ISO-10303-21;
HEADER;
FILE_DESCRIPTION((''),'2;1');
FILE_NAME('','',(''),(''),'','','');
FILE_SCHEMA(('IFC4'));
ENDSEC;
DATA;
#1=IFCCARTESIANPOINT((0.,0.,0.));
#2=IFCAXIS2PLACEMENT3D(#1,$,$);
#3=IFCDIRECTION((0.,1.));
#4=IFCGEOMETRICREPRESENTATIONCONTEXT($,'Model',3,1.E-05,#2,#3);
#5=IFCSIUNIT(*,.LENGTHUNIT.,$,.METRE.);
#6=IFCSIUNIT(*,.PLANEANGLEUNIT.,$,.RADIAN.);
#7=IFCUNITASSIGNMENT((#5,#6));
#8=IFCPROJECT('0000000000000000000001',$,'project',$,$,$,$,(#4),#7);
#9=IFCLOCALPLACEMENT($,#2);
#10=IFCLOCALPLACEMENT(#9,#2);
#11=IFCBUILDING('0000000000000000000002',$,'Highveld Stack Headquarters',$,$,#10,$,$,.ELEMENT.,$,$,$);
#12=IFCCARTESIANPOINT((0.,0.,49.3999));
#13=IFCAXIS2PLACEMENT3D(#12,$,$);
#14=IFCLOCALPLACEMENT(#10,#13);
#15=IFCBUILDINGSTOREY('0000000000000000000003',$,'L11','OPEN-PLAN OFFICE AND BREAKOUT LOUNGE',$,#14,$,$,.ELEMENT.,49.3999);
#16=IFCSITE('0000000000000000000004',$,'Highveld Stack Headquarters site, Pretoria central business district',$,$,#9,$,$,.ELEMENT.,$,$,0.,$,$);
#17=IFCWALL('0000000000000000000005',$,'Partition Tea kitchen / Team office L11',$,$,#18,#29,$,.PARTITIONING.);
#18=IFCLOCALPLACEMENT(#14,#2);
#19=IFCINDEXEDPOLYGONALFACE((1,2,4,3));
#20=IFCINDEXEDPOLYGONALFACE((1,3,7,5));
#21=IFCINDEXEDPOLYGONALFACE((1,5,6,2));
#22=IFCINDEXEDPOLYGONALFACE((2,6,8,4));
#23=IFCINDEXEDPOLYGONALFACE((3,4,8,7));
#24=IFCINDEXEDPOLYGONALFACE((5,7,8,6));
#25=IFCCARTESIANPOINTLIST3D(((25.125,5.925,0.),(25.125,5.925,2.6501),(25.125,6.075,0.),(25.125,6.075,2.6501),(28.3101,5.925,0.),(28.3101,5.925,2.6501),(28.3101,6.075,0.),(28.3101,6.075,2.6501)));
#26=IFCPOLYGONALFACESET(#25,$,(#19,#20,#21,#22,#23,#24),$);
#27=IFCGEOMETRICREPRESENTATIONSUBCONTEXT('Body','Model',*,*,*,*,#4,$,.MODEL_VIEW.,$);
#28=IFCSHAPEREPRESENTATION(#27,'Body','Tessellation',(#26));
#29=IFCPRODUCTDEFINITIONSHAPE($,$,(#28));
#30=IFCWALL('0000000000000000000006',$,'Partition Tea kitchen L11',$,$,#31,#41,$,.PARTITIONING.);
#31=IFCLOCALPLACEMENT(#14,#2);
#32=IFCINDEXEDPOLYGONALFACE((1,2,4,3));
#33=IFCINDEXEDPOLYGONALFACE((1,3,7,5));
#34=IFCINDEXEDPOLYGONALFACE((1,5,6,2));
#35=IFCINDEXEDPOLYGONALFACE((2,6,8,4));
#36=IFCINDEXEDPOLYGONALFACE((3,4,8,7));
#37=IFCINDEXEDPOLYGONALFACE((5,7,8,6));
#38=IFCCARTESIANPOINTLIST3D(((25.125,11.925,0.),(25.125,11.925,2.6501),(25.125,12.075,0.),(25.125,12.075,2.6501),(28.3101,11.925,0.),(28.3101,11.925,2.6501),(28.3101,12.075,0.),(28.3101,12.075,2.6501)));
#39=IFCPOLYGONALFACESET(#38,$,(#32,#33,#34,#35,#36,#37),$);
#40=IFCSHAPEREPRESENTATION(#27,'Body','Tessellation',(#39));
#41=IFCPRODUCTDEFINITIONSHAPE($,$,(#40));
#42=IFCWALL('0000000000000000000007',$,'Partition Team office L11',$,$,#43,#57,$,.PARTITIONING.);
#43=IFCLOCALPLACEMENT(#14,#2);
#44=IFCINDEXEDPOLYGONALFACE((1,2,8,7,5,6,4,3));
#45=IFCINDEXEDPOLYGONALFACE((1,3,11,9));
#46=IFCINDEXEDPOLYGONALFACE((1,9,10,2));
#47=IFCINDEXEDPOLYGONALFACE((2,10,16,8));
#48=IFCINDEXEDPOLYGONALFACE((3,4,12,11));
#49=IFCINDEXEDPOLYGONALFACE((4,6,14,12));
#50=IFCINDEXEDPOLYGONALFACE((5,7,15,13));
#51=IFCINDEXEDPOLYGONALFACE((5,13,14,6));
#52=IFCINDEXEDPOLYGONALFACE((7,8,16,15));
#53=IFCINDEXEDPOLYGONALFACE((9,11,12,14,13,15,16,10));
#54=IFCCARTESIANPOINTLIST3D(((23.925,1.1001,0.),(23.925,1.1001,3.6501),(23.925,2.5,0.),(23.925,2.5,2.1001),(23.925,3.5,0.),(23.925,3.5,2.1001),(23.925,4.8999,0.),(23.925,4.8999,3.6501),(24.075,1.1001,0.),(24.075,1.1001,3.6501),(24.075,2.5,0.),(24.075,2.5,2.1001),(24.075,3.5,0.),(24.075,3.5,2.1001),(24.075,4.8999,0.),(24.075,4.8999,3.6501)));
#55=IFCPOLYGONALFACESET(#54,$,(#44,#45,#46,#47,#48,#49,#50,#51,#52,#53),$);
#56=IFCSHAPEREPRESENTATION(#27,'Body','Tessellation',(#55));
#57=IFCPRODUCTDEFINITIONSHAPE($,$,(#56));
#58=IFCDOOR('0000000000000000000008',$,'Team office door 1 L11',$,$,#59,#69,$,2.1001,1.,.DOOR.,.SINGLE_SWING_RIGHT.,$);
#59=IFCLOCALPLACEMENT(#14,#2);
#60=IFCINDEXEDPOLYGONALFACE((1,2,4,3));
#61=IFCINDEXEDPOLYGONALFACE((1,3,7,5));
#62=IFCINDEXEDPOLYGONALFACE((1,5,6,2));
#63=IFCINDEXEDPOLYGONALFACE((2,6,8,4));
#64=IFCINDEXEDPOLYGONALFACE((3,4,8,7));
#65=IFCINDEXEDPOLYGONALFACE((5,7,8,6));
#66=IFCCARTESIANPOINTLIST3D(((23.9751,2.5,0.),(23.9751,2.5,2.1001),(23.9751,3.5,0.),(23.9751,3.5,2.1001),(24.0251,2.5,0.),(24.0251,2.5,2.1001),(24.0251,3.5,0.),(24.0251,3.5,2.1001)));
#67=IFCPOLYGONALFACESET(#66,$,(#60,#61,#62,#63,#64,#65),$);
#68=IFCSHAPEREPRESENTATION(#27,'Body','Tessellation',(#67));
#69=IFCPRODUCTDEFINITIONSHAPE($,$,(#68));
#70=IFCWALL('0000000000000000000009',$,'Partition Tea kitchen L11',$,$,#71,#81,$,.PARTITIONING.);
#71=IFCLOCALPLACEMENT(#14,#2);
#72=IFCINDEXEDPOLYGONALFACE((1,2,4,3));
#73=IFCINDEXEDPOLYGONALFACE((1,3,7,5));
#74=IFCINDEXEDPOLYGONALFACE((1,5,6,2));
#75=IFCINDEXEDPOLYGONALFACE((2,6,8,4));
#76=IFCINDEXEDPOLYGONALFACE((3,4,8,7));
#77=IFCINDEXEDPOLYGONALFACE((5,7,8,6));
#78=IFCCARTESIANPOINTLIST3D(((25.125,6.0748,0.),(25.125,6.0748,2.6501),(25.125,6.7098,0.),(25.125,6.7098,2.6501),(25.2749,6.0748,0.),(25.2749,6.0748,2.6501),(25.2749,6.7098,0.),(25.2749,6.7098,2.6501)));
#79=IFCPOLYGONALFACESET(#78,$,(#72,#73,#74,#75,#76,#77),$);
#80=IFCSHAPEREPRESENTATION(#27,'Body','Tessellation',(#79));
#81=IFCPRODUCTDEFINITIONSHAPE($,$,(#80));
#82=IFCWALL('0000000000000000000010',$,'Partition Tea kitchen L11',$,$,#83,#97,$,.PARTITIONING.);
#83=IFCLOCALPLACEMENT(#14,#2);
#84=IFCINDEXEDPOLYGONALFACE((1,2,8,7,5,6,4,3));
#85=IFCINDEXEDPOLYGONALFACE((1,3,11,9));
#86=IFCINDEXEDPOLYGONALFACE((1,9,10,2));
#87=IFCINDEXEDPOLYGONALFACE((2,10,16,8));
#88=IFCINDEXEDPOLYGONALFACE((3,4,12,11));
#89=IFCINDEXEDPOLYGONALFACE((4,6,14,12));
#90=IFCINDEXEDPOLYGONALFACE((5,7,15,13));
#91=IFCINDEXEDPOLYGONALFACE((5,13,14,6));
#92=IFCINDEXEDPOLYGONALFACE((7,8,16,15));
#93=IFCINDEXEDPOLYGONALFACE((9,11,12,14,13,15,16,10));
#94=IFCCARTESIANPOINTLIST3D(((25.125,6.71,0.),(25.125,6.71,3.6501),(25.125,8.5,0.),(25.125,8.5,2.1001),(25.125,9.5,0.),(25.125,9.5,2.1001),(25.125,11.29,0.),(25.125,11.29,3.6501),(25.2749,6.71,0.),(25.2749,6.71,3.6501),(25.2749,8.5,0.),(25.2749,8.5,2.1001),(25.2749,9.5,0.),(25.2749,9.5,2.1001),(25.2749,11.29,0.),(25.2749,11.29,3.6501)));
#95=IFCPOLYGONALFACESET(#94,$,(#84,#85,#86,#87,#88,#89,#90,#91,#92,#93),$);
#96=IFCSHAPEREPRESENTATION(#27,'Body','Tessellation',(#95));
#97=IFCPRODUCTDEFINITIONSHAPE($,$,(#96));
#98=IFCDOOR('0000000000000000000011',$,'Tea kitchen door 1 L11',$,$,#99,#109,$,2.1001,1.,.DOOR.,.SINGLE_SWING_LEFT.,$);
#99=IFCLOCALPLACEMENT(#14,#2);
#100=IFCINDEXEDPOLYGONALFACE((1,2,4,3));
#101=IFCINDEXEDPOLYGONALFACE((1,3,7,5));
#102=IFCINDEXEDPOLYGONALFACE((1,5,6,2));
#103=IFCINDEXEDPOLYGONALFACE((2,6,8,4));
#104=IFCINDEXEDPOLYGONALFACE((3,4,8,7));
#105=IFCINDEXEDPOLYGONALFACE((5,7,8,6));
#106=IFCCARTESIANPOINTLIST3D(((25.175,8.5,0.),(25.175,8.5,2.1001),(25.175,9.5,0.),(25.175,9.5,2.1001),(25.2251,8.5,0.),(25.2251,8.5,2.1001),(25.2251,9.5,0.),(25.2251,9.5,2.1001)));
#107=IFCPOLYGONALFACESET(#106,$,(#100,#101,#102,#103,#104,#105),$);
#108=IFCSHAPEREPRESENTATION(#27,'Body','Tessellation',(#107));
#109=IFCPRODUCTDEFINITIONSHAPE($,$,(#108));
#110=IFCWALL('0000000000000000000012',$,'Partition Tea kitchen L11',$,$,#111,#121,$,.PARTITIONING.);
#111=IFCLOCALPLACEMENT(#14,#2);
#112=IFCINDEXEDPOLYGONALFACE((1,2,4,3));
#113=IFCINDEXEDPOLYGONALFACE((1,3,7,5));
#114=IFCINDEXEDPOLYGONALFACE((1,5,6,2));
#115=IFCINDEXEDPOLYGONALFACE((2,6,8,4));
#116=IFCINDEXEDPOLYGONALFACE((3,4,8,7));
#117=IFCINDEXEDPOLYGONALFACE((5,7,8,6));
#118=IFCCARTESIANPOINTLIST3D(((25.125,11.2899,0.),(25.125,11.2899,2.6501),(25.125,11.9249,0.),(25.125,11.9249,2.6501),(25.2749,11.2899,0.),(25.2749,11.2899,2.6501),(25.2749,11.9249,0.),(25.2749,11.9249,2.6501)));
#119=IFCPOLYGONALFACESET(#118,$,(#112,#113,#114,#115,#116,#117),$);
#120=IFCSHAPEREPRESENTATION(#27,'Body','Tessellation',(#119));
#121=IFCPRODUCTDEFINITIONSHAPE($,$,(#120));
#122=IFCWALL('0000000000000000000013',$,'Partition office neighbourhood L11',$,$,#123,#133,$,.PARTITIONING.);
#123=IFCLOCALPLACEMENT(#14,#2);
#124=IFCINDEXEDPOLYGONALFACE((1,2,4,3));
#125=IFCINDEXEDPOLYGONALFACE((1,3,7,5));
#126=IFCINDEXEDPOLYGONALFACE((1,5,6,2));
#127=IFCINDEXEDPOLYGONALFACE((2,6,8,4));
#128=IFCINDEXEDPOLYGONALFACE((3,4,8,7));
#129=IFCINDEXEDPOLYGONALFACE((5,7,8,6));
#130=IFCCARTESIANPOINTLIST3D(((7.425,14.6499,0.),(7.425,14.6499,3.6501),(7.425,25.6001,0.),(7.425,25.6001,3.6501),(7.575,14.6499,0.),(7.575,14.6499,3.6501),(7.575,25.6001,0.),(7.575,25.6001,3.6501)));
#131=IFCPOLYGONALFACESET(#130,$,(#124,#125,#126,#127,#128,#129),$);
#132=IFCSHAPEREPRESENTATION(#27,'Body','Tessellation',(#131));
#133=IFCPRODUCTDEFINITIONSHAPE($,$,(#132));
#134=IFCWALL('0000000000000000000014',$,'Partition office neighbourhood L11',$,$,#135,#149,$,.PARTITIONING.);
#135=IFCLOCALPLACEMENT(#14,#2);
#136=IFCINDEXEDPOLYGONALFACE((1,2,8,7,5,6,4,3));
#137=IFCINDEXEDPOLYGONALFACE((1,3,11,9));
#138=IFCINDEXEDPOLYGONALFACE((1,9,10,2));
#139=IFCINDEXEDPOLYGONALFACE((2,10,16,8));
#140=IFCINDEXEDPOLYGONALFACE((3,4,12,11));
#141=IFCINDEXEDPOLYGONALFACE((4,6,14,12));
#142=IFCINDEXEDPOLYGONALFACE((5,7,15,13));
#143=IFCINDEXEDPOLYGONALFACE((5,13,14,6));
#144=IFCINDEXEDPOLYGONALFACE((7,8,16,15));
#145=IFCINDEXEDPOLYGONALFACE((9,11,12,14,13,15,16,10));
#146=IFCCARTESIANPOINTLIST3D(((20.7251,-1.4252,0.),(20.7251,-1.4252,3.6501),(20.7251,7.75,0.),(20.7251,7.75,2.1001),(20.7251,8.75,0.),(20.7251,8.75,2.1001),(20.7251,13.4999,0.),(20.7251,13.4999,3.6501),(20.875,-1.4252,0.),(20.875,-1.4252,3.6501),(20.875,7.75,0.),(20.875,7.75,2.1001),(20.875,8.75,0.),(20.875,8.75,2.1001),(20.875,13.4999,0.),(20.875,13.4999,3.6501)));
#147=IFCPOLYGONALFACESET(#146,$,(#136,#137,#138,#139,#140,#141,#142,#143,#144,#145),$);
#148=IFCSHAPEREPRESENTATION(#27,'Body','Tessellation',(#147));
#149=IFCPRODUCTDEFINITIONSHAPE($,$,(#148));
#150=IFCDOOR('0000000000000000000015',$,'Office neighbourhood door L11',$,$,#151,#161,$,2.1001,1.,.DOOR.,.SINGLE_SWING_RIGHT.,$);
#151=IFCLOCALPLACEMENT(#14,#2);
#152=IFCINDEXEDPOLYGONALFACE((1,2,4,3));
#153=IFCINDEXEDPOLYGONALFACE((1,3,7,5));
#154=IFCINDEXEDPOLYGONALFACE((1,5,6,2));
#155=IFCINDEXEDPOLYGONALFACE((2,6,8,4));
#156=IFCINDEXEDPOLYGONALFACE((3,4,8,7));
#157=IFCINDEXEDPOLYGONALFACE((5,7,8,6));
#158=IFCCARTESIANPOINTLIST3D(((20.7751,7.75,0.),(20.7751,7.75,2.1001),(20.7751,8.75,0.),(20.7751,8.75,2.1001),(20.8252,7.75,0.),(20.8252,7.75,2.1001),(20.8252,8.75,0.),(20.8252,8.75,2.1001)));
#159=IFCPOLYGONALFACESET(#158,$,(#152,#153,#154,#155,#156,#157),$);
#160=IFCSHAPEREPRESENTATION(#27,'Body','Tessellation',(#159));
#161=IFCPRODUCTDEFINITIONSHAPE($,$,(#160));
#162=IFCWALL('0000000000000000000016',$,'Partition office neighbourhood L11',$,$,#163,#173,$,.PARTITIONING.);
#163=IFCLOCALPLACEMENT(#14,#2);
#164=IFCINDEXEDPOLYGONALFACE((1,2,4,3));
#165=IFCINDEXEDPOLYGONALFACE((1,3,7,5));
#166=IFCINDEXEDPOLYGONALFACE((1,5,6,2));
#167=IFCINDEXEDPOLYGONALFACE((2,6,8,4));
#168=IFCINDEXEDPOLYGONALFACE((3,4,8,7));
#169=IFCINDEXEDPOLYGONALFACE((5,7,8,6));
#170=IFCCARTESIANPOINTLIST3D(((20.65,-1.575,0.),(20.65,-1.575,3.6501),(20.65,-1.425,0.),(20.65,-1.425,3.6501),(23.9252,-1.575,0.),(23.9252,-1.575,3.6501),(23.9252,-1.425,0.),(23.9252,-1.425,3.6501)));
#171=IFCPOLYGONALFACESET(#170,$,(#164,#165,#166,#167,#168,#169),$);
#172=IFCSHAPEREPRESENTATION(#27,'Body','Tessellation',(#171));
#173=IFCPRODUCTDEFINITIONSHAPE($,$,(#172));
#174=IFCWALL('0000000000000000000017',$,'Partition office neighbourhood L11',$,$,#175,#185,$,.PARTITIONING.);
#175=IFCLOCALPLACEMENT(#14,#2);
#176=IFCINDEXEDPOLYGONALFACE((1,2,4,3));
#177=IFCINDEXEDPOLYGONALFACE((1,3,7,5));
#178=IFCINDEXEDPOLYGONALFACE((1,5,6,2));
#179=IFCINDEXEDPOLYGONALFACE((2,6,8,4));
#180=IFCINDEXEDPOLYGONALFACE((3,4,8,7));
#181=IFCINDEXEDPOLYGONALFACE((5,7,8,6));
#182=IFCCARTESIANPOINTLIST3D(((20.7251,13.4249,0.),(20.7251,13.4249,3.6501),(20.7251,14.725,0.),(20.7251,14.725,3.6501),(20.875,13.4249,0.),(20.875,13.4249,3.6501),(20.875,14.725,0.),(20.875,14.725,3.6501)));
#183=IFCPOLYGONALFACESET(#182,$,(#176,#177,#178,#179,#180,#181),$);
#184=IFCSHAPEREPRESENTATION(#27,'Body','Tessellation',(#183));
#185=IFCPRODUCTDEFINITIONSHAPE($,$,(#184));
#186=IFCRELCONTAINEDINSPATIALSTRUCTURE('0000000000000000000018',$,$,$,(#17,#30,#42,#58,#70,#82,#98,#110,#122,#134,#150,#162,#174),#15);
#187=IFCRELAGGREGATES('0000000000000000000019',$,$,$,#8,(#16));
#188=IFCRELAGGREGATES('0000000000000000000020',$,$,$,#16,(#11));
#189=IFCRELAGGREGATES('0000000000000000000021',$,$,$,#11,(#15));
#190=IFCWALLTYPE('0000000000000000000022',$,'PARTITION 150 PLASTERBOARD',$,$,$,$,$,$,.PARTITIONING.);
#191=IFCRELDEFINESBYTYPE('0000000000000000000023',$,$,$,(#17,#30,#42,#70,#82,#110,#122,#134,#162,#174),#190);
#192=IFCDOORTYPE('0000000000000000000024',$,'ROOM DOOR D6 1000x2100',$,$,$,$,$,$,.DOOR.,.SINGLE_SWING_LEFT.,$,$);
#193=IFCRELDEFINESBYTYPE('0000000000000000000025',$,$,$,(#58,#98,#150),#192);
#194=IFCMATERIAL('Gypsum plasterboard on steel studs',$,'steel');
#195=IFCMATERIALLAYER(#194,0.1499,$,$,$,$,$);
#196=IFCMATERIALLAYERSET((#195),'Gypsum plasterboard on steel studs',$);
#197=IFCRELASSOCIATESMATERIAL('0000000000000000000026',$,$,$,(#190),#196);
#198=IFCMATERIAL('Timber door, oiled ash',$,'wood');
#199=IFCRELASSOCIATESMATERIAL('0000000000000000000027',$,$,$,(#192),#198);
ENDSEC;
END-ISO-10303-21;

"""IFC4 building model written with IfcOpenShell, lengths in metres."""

from ifc_helpers import new_model, si_unit, direction, frame, frame_2d, origin, place, context, subcontext, project, spatial, rectangle, extrude, material, layer, layer_set, type_object, element, fill, save


model = new_model("IFC4")

# Units and contexts
model_context = context("Model", 3, precision=1e-05, world=origin(), true_north=direction((0.0, 1.0)))
body_context = subcontext(model_context, "Body", "Model", "MODEL_VIEW")
ifc_project = project(units=[si_unit("LENGTHUNIT", "METRE"), si_unit("PLANEANGLEUNIT", "RADIAN")], contexts=[model_context])

# Site, building, storey
site_placement = place(None, origin())
site = spatial("IfcSite", under=ifc_project, at=site_placement, Name="Highveld Stack Headquarters site, Pretoria central business district", CompositionType="ELEMENT", RefElevation=0.0)
building_placement = place(site_placement, origin())
building = spatial("IfcBuilding", under=site, at=building_placement, Name="Highveld Stack Headquarters", CompositionType="ELEMENT")
storey_placement = place(building_placement, frame((0.0, 0.0, 49.3999)))
storey = spatial("IfcBuildingStorey", under=building, at=storey_placement, Name="L11", Description="OPEN-PLAN OFFICE AND BREAKOUT LOUNGE", CompositionType="ELEMENT", Elevation=49.3999)

# Walls
ifc_material_1 = material(Name="Gypsum plasterboard on steel studs", Category="steel")
ifc_layer_1 = layer(ifc_material_1, 0.1499)
ifc_layer_set_1 = layer_set([ifc_layer_1], Name="Gypsum plasterboard on steel studs")
wall_type_1 = type_object("IfcWallType", Name="PARTITION 150 PLASTERBOARD", PredefinedType="PARTITIONING", material=ifc_layer_set_1)
for number, where, z_axis, x_axis, name in (
    (1, (25.125, 6.0, 0.0), (0.0, 0.0, 1.0), (1.0, 0.0, 0.0), "Partition Tea kitchen / Team office L11"),
    (2, (25.125, 12.0, 0.0), (0.0, 0.0, 1.0), (1.0, 0.0, 0.0), "Partition Tea kitchen L11"),
):
    element("IfcWall", number, at=place(storey_placement, frame(where, z_axis=z_axis, x_axis=x_axis)), inside=storey, type_object=wall_type_1, Name=name, PredefinedType="PARTITIONING", context=body_context, shape_type="SweptSolid", body=[
        extrude(rectangle(XDim=3.1851, YDim=0.1499, at=frame_2d((1.5925, 0.0))), origin(), (0.0, 0.0, 1.0), 2.6501),
    ])

# Wall, opening, door
wall_1_placement = place(storey_placement, frame((24.0, 1.1001, 0.0), z_axis=(0.0, 0.0, 1.0), x_axis=(0.0, 1.0, 0.0)))
wall_1 = element("IfcWall", 3, at=wall_1_placement, inside=storey, type_object=wall_type_1, Name="Partition Team office L11", PredefinedType="PARTITIONING", context=body_context, shape_type="SweptSolid", body=[
    extrude(rectangle(XDim=3.7998, YDim=0.1499, at=frame_2d((1.8999, 0.0))), origin(), (0.0, 0.0, 1.0), 3.6501),
])
opening_1_placement = place(wall_1_placement, frame((1.3999, 0.0, 0.0)))
opening_1 = element("IfcOpeningElement", 4, at=opening_1_placement, cuts=wall_1, PredefinedType="OPENING", context=body_context, shape_type="SweptSolid", body=[
    extrude(rectangle(XDim=1.0, YDim=2.1001, at=frame_2d((0.5, 1.05))), frame((0.0, 0.085, 0.0), z_axis=(0.0, -1.0, 0.0), x_axis=(1.0, 0.0, 0.0)), (0.0, 0.0, 1.0), 0.1699),
])
ifc_material_2 = material(Name="Timber door, oiled ash", Category="wood")
door_type_1 = type_object("IfcDoorType", Name="ROOM DOOR D6 1000x2100", OperationType="SINGLE_SWING_LEFT", PredefinedType="DOOR", material=ifc_material_2)
door_1_placement = place(opening_1_placement, origin())
door_1 = element("IfcDoor", 5, at=door_1_placement, inside=storey, type_object=door_type_1, Name="Team office door 1 L11", OperationType="SINGLE_SWING_RIGHT", OverallHeight=2.1001, OverallWidth=1.0, PredefinedType="DOOR", context=body_context, shape_type="SweptSolid", body=[
    extrude(rectangle(XDim=1.0, YDim=2.1001, at=frame_2d((0.5, 1.05))), frame((0.0, 0.0249, 0.0), z_axis=(0.0, -1.0, 0.0), x_axis=(1.0, 0.0, 0.0)), (0.0, 0.0, 1.0), 0.05),
])
fill(opening_1, door_1)

# Wall
wall_2_placement = place(storey_placement, frame((25.2, 6.075, 0.0), z_axis=(0.0, 0.0, 1.0), x_axis=(0.0, 1.0, 0.0)))
element("IfcWall", 6, at=wall_2_placement, inside=storey, type_object=wall_type_1, Name="Partition Tea kitchen L11", PredefinedType="PARTITIONING", context=body_context, shape_type="SweptSolid", body=[
    extrude(rectangle(XDim=0.635, YDim=0.1499, at=frame_2d((0.3174, 0.0))), origin(), (0.0, 0.0, 1.0), 2.6501),
])

# Wall, opening, door
wall_3_placement = place(storey_placement, frame((25.2, 6.71, 0.0), z_axis=(0.0, 0.0, 1.0), x_axis=(0.0, 1.0, 0.0)))
wall_3 = element("IfcWall", 7, at=wall_3_placement, inside=storey, type_object=wall_type_1, Name="Partition Tea kitchen L11", PredefinedType="PARTITIONING", context=body_context, shape_type="SweptSolid", body=[
    extrude(rectangle(XDim=4.5801, YDim=0.1499, at=frame_2d((2.29, 0.0))), origin(), (0.0, 0.0, 1.0), 3.6501),
])
opening_2_placement = place(wall_3_placement, frame((1.79, 0.0, 0.0)))
opening_2 = element("IfcOpeningElement", 8, at=opening_2_placement, cuts=wall_3, PredefinedType="OPENING", context=body_context, shape_type="SweptSolid", body=[
    extrude(rectangle(XDim=1.0, YDim=2.1001, at=frame_2d((0.5, 1.05))), frame((0.0, 0.085, 0.0), z_axis=(0.0, -1.0, 0.0), x_axis=(1.0, 0.0, 0.0)), (0.0, 0.0, 1.0), 0.1699),
])
door_2_placement = place(opening_2_placement, origin())
door_2 = element("IfcDoor", 9, at=door_2_placement, inside=storey, type_object=door_type_1, Name="Tea kitchen door 1 L11", OperationType="SINGLE_SWING_LEFT", OverallHeight=2.1001, OverallWidth=1.0, PredefinedType="DOOR", context=body_context, shape_type="SweptSolid", body=[
    extrude(rectangle(XDim=1.0, YDim=2.1001, at=frame_2d((0.5, 1.05))), frame((0.0, 0.0249, 0.0), z_axis=(0.0, -1.0, 0.0), x_axis=(1.0, 0.0, 0.0)), (0.0, 0.0, 1.0), 0.05),
])
fill(opening_2, door_2)

# Walls
wall_4_placement = place(storey_placement, frame((25.2, 11.29, 0.0), z_axis=(0.0, 0.0, 1.0), x_axis=(0.0, 1.0, 0.0)))
element("IfcWall", 10, at=wall_4_placement, inside=storey, type_object=wall_type_1, Name="Partition Tea kitchen L11", PredefinedType="PARTITIONING", context=body_context, shape_type="SweptSolid", body=[
    extrude(rectangle(XDim=0.635, YDim=0.1499, at=frame_2d((0.3174, 0.0))), origin(), (0.0, 0.0, 1.0), 2.6501),
])
wall_5_placement = place(storey_placement, frame((7.5, 14.6499, 0.0), z_axis=(0.0, 0.0, 1.0), x_axis=(0.0, 1.0, 0.0)))
element("IfcWall", 11, at=wall_5_placement, inside=storey, type_object=wall_type_1, Name="Partition office neighbourhood L11", PredefinedType="PARTITIONING", context=body_context, shape_type="SweptSolid", body=[
    extrude(rectangle(XDim=10.9502, YDim=0.1499, at=frame_2d((5.4751, 0.0))), origin(), (0.0, 0.0, 1.0), 3.6501),
])

# Wall, opening, door
wall_6_placement = place(storey_placement, frame((20.8, -1.425, 0.0), z_axis=(0.0, 0.0, 1.0), x_axis=(0.0, 1.0, 0.0)))
wall_6 = element("IfcWall", 12, at=wall_6_placement, inside=storey, type_object=wall_type_1, Name="Partition office neighbourhood L11", PredefinedType="PARTITIONING", context=body_context, shape_type="SweptSolid", body=[
    extrude(rectangle(XDim=14.925, YDim=0.1499, at=frame_2d((7.4624, 0.0))), origin(), (0.0, 0.0, 1.0), 3.6501),
])
opening_3_placement = place(wall_6_placement, frame((9.175, 0.0, 0.0)))
opening_3 = element("IfcOpeningElement", 13, at=opening_3_placement, cuts=wall_6, PredefinedType="OPENING", context=body_context, shape_type="SweptSolid", body=[
    extrude(rectangle(XDim=1.0, YDim=2.1001, at=frame_2d((0.5, 1.05))), frame((0.0, 0.085, 0.0), z_axis=(0.0, -1.0, 0.0), x_axis=(1.0, 0.0, 0.0)), (0.0, 0.0, 1.0), 0.1699),
])
door_3_placement = place(opening_3_placement, origin())
door_3 = element("IfcDoor", 14, at=door_3_placement, inside=storey, type_object=door_type_1, Name="Office neighbourhood door L11", OperationType="SINGLE_SWING_RIGHT", OverallHeight=2.1001, OverallWidth=1.0, PredefinedType="DOOR", context=body_context, shape_type="SweptSolid", body=[
    extrude(rectangle(XDim=1.0, YDim=2.1001, at=frame_2d((0.5, 1.05))), frame((0.0, 0.0249, 0.0), z_axis=(0.0, -1.0, 0.0), x_axis=(1.0, 0.0, 0.0)), (0.0, 0.0, 1.0), 0.05),
])
fill(opening_3, door_3)

# Walls
wall_7_placement = place(storey_placement, frame((20.6499, -1.5, 0.0), z_axis=(0.0, 0.0, 1.0), x_axis=(1.0, 0.0, 0.0)))
element("IfcWall", 15, at=wall_7_placement, inside=storey, type_object=wall_type_1, Name="Partition office neighbourhood L11", PredefinedType="PARTITIONING", context=body_context, shape_type="SweptSolid", body=[
    extrude(rectangle(XDim=3.2751, YDim=0.1499, at=frame_2d((1.6377, 0.0))), origin(), (0.0, 0.0, 1.0), 3.6501),
])
wall_8_placement = place(storey_placement, frame((20.8, 13.425, 0.0), z_axis=(0.0, 0.0, 1.0), x_axis=(0.0, 1.0, 0.0)))
element("IfcWall", 16, at=wall_8_placement, inside=storey, type_object=wall_type_1, Name="Partition office neighbourhood L11", PredefinedType="PARTITIONING", context=body_context, shape_type="SweptSolid", body=[
    extrude(rectangle(XDim=1.3, YDim=0.1499, at=frame_2d((0.6499, 0.0))), origin(), (0.0, 0.0, 1.0), 3.6501),
])

save(model, "model.ifc")
